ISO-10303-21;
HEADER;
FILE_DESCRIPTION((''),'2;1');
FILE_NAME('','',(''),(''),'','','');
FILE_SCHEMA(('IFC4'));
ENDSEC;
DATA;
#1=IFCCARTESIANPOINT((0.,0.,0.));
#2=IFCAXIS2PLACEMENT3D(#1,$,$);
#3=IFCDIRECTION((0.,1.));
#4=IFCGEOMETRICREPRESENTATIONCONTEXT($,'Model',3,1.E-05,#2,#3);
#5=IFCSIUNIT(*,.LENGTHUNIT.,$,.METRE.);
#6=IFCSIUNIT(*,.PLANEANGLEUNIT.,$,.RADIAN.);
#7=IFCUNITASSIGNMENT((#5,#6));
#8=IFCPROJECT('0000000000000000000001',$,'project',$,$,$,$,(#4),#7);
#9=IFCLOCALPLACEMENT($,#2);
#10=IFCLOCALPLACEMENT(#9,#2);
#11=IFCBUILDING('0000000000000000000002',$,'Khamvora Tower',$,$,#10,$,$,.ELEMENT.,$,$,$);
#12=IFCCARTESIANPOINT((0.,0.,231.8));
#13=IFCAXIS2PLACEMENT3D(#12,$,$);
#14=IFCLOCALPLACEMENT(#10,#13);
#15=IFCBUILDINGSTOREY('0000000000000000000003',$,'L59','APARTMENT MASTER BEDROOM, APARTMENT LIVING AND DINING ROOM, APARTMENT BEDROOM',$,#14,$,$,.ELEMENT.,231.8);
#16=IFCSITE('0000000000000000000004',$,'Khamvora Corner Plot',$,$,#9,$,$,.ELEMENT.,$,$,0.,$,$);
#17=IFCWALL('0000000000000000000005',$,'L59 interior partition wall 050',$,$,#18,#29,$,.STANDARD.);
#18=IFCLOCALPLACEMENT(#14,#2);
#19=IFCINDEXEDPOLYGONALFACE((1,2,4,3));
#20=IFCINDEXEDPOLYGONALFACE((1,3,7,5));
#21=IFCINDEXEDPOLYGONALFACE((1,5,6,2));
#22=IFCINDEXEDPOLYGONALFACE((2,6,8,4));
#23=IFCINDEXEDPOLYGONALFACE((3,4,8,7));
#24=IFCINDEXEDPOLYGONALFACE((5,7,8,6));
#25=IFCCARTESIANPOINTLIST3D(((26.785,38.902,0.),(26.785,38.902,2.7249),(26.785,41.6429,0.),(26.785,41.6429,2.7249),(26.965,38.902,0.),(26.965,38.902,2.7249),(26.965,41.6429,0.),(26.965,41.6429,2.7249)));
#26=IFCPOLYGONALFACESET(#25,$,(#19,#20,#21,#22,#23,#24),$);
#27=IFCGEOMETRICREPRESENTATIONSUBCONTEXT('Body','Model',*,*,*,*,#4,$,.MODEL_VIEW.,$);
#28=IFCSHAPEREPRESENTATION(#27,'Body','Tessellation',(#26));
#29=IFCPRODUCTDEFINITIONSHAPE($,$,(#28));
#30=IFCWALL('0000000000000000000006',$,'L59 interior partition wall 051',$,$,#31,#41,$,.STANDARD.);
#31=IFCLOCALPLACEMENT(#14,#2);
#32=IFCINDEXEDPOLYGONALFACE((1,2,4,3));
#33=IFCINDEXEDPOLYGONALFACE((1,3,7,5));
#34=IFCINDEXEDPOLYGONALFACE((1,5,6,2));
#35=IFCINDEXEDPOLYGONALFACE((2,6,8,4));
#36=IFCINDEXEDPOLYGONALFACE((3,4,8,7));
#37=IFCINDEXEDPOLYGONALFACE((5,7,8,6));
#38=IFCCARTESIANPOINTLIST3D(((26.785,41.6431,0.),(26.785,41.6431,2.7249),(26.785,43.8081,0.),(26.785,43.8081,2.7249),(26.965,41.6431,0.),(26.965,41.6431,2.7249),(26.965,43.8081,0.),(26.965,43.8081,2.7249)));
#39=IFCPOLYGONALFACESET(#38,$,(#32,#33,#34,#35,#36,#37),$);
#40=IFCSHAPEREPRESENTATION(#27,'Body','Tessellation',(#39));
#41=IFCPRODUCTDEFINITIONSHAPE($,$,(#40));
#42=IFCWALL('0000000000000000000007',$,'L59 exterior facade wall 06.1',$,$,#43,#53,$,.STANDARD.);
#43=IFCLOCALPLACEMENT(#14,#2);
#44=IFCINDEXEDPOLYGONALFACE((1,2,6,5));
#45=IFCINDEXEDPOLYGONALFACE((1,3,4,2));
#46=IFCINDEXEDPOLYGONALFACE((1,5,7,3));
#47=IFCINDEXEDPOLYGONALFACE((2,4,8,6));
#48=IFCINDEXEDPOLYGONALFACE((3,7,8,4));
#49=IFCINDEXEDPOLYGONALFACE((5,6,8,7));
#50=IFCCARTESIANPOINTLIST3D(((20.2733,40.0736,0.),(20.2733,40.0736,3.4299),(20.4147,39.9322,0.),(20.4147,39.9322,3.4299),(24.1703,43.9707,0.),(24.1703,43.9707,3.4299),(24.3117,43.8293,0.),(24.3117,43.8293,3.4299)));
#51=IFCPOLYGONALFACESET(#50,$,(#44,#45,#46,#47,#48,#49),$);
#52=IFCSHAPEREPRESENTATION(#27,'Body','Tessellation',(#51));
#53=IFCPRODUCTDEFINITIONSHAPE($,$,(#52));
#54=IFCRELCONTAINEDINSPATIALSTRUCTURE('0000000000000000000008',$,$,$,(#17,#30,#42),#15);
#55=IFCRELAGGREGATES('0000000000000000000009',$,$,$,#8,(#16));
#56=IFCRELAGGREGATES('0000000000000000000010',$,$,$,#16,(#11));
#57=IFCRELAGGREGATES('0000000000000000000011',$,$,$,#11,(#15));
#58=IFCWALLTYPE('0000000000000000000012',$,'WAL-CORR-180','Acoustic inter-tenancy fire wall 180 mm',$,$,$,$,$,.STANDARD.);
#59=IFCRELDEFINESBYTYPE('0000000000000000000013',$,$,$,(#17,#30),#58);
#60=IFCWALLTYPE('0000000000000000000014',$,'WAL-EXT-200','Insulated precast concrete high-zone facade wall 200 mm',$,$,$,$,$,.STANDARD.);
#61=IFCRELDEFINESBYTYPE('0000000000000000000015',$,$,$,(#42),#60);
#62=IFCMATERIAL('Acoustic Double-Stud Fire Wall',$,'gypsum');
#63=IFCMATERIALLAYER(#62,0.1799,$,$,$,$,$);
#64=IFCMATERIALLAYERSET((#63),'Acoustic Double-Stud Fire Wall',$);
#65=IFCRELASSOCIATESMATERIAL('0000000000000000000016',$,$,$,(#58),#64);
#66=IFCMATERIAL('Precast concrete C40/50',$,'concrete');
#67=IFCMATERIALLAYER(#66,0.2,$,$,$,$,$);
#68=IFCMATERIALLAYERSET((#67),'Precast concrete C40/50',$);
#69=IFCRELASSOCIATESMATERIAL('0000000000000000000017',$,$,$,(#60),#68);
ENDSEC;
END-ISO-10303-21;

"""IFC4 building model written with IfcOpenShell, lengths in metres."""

from ifc_helpers import new_model, si_unit, direction, frame, frame_2d, origin, place, context, subcontext, project, spatial, rectangle, extrude, material, layer, layer_set, type_object, element, save


model = new_model("IFC4")

# Units and contexts
model_context = context("Model", 3, precision=1e-05, world=origin(), true_north=direction((0.0, 1.0)))
body_context = subcontext(model_context, "Body", "Model", "MODEL_VIEW")
ifc_project = project(units=[si_unit("LENGTHUNIT", "METRE"), si_unit("PLANEANGLEUNIT", "RADIAN")], contexts=[model_context])

# Site, building, storey
site_placement = place(None, origin())
site = spatial("IfcSite", under=ifc_project, at=site_placement, Name="Khamvora Corner Plot", CompositionType="ELEMENT", RefElevation=0.0)
building_placement = place(site_placement, origin())
building = spatial("IfcBuilding", under=site, at=building_placement, Name="Khamvora Tower", CompositionType="ELEMENT")
storey_placement = place(building_placement, frame((0.0, 0.0, 231.8)))
storey = spatial("IfcBuildingStorey", under=building, at=storey_placement, Name="L59", Description="APARTMENT MASTER BEDROOM, APARTMENT LIVING AND DINING ROOM, APARTMENT BEDROOM", CompositionType="ELEMENT", Elevation=231.8)

# Walls
ifc_material_1 = material(Name="Acoustic Double-Stud Fire Wall", Category="gypsum")
ifc_layer_1 = layer(ifc_material_1, 0.1799)
ifc_layer_set_1 = layer_set([ifc_layer_1], Name="Acoustic Double-Stud Fire Wall")
wall_type_1 = type_object("IfcWallType", Name="WAL-CORR-180", Description="Acoustic inter-tenancy fire wall 180 mm", PredefinedType="STANDARD", material=ifc_layer_set_1)
wall_1_placement = place(storey_placement, frame((26.875, 41.6431, 0.0), z_axis=(0.0, 0.0, 1.0), x_axis=(0.0, -1.0, 0.0)))
element("IfcWall", 1, at=wall_1_placement, inside=storey, type_object=wall_type_1, Name="L59 interior partition wall 050", PredefinedType="STANDARD", context=body_context, shape_type="SweptSolid", body=[
    extrude(rectangle(XDim=2.741, YDim=0.1799, at=frame_2d((1.3706, 0.0))), origin(), (0.0, 0.0, 1.0), 2.7249),
])
wall_2_placement = place(storey_placement, frame((26.875, 43.8081, 0.0), z_axis=(0.0, 0.0, 1.0), x_axis=(0.0, -1.0, 0.0)))
element("IfcWall", 2, at=wall_2_placement, inside=storey, type_object=wall_type_1, Name="L59 interior partition wall 051", PredefinedType="STANDARD", context=body_context, shape_type="SweptSolid", body=[
    extrude(rectangle(XDim=2.165, YDim=0.1799, at=frame_2d((1.0825, 0.0))), origin(), (0.0, 0.0, 1.0), 2.7249),
])
ifc_material_2 = material(Name="Precast concrete C40/50", Category="concrete")
ifc_layer_2 = layer(ifc_material_2, 0.2)
ifc_layer_set_2 = layer_set([ifc_layer_2], Name="Precast concrete C40/50")
wall_type_2 = type_object("IfcWallType", Name="WAL-EXT-200", Description="Insulated precast concrete high-zone facade wall 200 mm", PredefinedType="STANDARD", material=ifc_layer_set_2)
wall_3_placement = place(storey_placement, frame((20.344, 40.0029, 0.0), z_axis=(0.0, 0.0, 1.0), x_axis=(0.707107, 0.707107, 0.0)))
element("IfcWall", 3, at=wall_3_placement, inside=storey, type_object=wall_type_2, Name="L59 exterior facade wall 06.1", PredefinedType="STANDARD", context=body_context, shape_type="SweptSolid", body=[
    extrude(rectangle(XDim=5.5112, YDim=0.2, at=frame_2d((2.7556, 0.0))), origin(), (0.0, 0.0, 1.0), 3.4299),
])

save(model, "model.ifc")
